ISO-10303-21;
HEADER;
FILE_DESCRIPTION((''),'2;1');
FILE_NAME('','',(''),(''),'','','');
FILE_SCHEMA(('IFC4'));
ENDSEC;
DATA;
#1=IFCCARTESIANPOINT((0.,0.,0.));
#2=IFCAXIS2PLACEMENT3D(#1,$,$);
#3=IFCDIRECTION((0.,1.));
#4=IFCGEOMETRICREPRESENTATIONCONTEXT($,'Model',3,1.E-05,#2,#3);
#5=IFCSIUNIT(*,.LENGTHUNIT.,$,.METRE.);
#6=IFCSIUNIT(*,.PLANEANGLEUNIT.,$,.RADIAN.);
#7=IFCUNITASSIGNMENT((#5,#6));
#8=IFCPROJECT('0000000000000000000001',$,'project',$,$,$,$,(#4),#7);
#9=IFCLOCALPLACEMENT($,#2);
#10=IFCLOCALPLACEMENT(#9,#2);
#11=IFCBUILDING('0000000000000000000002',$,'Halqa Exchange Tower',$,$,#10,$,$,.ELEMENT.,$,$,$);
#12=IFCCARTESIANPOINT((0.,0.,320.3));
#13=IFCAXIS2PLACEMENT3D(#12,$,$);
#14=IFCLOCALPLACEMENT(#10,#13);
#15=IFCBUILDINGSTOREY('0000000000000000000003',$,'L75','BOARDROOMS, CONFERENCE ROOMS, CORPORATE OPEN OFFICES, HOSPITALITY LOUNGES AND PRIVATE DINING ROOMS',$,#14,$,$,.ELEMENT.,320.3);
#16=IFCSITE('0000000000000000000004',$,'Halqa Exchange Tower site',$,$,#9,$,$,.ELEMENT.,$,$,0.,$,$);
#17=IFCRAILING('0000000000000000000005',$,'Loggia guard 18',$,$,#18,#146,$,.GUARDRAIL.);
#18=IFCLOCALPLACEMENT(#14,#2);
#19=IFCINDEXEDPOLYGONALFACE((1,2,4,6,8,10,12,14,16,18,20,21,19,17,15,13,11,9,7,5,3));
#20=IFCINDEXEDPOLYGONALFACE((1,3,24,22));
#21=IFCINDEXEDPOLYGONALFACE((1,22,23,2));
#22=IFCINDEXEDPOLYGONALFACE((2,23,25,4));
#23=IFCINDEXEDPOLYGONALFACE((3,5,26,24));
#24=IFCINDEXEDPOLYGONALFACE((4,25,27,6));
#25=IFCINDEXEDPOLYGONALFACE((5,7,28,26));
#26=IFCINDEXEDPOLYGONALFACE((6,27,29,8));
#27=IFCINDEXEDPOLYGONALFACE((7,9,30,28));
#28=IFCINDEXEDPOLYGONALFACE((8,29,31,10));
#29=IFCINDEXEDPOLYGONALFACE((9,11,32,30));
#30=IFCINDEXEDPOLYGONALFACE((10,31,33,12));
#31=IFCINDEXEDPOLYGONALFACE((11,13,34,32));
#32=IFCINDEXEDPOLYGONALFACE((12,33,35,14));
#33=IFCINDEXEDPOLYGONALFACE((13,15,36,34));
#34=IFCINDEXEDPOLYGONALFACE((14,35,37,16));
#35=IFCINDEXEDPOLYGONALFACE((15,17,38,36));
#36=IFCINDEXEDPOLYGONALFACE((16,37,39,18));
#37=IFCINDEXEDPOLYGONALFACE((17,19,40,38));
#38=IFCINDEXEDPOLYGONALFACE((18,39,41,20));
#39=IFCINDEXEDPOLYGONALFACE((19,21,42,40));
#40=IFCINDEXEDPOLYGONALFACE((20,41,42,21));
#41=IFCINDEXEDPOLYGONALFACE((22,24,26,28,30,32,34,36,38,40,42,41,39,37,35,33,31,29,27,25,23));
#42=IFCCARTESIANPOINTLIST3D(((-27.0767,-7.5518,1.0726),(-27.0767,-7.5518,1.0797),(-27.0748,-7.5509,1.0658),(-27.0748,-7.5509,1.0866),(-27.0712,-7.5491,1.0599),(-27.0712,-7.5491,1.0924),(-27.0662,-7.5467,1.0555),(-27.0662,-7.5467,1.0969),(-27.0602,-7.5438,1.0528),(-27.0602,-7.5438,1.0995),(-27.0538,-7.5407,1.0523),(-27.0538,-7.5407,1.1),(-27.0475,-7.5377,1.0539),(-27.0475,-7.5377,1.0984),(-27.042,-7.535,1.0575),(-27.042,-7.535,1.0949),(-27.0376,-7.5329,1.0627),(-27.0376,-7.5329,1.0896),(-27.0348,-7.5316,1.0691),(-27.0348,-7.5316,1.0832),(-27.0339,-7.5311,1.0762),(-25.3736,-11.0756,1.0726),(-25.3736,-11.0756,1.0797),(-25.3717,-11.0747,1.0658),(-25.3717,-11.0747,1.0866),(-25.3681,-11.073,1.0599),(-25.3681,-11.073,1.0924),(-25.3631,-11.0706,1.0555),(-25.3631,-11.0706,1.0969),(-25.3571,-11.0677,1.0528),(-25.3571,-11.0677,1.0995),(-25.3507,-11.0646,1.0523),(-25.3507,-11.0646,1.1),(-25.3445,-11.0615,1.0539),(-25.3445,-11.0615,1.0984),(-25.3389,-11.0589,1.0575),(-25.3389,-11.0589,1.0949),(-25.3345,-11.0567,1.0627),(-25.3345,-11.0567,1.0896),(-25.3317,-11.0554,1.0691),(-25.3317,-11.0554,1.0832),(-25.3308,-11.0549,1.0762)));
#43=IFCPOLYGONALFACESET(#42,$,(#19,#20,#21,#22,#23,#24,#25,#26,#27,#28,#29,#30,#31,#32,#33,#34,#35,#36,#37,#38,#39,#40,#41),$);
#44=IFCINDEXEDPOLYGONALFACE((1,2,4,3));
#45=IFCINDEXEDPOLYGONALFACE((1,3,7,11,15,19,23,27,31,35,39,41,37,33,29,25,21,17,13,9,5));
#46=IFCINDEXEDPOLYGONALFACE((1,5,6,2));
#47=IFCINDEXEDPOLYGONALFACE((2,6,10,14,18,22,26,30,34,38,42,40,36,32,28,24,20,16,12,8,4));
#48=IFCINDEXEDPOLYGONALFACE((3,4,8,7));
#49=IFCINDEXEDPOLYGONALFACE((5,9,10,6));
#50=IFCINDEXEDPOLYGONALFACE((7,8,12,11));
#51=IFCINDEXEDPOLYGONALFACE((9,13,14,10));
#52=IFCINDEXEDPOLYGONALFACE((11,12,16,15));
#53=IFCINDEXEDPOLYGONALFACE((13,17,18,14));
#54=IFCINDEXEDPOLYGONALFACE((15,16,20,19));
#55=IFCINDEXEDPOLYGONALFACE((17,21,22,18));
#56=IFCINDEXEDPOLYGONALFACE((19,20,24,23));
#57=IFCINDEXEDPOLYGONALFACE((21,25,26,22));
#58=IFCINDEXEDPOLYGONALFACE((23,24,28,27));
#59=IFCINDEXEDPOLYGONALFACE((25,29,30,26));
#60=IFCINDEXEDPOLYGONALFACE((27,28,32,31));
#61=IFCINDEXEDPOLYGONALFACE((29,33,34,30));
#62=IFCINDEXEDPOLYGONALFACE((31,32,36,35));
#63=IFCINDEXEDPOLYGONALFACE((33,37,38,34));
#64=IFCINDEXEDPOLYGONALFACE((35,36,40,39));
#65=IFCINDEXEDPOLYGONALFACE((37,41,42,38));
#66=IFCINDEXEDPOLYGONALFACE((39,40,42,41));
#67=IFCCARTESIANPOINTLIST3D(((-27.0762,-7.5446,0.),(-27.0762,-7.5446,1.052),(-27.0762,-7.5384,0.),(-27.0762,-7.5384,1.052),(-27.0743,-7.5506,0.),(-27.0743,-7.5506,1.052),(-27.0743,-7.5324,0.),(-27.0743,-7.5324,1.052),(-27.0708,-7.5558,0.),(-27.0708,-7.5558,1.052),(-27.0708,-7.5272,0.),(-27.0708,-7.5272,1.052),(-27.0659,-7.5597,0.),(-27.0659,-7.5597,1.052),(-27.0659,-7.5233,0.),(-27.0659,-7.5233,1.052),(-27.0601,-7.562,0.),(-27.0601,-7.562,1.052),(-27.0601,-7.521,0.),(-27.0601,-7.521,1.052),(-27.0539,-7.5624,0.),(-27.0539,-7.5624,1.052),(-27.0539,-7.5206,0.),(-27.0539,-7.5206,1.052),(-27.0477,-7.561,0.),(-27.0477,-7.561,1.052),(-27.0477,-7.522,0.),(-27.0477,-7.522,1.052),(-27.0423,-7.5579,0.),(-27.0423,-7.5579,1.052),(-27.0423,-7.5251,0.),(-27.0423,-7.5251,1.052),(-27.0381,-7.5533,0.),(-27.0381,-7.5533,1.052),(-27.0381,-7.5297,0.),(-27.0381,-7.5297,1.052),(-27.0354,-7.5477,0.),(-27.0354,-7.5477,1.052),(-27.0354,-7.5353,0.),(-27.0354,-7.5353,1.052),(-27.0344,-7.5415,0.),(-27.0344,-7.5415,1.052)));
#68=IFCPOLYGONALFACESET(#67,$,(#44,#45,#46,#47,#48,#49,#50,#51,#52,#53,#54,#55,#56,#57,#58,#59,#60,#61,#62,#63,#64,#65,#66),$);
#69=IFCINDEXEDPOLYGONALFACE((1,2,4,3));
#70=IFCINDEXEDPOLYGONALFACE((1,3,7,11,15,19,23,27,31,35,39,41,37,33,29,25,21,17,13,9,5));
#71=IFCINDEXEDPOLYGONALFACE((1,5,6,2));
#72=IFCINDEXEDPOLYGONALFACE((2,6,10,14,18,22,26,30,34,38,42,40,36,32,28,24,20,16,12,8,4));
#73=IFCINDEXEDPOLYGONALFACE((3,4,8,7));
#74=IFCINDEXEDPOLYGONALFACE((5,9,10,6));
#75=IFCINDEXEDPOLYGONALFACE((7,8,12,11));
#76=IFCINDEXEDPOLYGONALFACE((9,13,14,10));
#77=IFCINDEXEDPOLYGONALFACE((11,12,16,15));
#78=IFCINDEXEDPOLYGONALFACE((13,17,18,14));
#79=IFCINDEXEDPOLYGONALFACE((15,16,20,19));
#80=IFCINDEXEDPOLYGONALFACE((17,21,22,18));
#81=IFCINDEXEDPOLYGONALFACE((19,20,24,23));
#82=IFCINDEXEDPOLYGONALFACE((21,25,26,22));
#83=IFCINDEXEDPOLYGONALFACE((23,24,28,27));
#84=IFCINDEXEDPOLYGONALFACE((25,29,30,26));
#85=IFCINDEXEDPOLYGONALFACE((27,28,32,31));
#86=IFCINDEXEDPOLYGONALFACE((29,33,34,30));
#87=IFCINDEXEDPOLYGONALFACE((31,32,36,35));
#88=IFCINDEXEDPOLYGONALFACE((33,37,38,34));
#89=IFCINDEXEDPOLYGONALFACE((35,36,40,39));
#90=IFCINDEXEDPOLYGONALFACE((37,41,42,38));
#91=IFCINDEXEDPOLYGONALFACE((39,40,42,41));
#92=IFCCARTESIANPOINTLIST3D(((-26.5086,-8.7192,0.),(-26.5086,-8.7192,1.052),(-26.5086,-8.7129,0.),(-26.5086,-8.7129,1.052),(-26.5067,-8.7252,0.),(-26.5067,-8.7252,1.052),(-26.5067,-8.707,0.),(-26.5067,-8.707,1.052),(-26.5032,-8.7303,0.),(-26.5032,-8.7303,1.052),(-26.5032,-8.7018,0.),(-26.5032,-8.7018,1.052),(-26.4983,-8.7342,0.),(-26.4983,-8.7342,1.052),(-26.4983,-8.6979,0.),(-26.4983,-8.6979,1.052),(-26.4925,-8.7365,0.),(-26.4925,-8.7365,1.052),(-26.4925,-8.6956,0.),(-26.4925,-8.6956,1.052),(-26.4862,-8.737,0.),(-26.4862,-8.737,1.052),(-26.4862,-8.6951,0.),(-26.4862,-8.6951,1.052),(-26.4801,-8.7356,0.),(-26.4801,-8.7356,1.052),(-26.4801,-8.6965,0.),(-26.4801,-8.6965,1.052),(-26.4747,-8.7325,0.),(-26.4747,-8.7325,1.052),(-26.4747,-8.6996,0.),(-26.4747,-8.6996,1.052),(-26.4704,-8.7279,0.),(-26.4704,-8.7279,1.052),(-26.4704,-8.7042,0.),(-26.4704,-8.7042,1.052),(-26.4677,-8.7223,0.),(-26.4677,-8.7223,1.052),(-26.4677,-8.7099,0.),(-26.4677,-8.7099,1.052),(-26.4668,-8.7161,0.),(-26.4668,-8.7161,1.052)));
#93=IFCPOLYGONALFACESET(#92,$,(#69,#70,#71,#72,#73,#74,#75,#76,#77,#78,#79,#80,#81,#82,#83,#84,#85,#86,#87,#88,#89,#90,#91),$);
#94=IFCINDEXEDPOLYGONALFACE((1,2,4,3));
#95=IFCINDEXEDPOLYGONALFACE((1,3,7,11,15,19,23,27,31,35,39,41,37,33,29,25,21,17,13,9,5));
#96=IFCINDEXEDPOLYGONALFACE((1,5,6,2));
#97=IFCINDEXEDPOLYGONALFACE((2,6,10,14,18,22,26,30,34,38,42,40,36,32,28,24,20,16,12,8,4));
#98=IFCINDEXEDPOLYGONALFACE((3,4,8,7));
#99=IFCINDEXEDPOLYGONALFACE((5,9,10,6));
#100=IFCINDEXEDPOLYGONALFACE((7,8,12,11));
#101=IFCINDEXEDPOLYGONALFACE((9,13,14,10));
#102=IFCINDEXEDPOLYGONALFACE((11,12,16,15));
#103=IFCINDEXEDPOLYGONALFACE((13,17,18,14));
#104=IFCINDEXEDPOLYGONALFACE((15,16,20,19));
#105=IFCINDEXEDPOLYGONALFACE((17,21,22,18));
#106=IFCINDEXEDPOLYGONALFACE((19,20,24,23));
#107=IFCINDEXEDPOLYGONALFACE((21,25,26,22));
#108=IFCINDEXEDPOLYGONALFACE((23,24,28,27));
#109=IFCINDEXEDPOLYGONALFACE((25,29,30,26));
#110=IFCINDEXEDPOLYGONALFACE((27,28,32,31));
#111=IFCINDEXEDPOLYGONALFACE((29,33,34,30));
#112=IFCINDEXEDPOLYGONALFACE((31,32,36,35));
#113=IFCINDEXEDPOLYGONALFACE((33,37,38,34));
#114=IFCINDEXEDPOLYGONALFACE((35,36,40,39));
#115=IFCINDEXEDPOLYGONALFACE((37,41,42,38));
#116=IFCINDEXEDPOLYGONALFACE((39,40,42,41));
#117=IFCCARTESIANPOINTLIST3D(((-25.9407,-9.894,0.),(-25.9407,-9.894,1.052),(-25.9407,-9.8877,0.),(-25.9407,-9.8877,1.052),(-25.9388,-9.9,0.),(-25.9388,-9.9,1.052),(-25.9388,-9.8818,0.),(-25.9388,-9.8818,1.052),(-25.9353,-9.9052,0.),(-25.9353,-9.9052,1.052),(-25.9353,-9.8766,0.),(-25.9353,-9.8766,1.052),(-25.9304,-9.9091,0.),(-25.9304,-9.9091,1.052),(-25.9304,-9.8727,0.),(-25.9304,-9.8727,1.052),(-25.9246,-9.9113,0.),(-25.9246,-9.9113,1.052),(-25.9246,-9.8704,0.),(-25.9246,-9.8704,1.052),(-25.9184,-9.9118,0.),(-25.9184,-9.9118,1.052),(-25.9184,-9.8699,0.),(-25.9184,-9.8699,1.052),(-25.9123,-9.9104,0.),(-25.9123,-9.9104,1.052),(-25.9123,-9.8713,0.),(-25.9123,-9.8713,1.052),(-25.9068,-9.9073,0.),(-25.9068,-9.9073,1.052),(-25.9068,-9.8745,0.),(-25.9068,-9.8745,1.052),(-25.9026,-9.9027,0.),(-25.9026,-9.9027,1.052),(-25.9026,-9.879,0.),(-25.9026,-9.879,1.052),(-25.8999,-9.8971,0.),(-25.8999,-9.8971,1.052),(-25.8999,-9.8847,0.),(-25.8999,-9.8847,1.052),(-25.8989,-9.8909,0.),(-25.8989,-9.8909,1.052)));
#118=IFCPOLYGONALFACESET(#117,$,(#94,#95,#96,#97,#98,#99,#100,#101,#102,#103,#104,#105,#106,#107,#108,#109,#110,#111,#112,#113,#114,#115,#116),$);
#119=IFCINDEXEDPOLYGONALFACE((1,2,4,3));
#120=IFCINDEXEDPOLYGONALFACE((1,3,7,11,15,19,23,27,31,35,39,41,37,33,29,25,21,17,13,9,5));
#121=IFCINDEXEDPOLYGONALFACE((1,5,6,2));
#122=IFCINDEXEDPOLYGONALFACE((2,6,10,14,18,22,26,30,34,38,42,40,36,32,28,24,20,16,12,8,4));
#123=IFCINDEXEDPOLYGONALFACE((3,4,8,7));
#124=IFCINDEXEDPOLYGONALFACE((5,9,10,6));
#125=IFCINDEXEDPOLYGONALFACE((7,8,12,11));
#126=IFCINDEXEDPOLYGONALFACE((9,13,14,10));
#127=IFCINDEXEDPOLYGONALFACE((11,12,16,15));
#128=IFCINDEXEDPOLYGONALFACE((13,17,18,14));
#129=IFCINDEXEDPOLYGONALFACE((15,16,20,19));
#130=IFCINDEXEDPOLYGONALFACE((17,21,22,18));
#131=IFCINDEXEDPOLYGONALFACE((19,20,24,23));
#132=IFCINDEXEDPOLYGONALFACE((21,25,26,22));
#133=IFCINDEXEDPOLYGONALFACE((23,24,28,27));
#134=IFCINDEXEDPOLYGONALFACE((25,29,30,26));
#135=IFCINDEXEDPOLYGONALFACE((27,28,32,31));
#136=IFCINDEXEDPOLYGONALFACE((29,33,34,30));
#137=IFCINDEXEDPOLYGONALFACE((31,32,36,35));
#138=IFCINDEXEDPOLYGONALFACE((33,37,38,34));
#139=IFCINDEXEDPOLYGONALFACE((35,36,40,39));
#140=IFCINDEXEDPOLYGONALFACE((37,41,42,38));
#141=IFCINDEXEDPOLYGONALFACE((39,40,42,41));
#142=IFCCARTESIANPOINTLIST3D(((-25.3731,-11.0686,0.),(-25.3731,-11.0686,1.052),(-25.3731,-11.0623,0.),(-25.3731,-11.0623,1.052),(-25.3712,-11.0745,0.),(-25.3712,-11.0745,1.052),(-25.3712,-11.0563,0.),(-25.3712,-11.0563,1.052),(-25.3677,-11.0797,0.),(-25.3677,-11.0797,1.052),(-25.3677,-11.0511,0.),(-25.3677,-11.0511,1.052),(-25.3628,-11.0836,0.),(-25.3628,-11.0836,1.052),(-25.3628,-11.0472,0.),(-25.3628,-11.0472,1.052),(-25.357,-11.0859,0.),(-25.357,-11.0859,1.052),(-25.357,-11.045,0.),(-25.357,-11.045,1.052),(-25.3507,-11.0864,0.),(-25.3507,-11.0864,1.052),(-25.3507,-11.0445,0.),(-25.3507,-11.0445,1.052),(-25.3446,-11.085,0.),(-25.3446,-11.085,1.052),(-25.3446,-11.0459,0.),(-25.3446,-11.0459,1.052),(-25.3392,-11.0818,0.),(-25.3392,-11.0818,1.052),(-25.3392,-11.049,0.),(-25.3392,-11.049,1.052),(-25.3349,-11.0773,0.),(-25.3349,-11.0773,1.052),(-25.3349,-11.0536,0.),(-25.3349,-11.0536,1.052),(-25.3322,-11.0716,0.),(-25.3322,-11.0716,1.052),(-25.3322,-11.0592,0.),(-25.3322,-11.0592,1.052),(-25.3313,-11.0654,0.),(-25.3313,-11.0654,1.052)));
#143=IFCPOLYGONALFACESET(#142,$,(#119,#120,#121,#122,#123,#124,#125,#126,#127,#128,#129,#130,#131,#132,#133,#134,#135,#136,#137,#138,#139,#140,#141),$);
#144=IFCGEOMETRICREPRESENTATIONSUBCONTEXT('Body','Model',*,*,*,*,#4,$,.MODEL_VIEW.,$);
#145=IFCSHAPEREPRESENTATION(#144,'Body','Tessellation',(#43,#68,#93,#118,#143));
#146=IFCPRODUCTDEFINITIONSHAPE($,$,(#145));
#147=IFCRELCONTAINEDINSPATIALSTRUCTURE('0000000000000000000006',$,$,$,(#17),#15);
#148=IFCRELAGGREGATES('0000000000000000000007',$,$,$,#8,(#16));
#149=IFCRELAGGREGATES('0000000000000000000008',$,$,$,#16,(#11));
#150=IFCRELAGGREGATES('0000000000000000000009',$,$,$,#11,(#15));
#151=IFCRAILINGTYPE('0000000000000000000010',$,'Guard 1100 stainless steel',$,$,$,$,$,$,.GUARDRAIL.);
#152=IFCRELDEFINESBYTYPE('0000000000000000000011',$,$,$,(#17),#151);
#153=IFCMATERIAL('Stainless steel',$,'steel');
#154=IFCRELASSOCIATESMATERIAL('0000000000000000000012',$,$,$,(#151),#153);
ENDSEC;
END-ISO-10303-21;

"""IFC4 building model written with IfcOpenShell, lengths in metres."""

from ifc_helpers import new_model, si_unit, direction, frame, origin, origin_2d, place, context, subcontext, project, spatial, circle, extrude, material, type_object, element, save


model = new_model("IFC4")

# Units and contexts
model_context = context("Model", 3, precision=1e-05, world=origin(), true_north=direction((0.0, 1.0)))
body_context = subcontext(model_context, "Body", "Model", "MODEL_VIEW")
ifc_project = project(units=[si_unit("LENGTHUNIT", "METRE"), si_unit("PLANEANGLEUNIT", "RADIAN")], contexts=[model_context])

# Site, building, storey
site_placement = place(None, origin())
site = spatial("IfcSite", under=ifc_project, at=site_placement, Name="Halqa Exchange Tower site", CompositionType="ELEMENT", RefElevation=0.0)
building_placement = place(site_placement, origin())
building = spatial("IfcBuilding", under=site, at=building_placement, Name="Halqa Exchange Tower", CompositionType="ELEMENT")
storey_placement = place(building_placement, frame((0.0, 0.0, 320.3)))
storey = spatial("IfcBuildingStorey", under=building, at=storey_placement, Name="L75", Description="BOARDROOMS, CONFERENCE ROOMS, CORPORATE OPEN OFFICES, HOSPITALITY LOUNGES AND PRIVATE DINING ROOMS", CompositionType="ELEMENT", Elevation=320.3)

# Railing
ifc_material_1 = material(Name="Stainless steel", Category="steel")
railing_type = type_object("IfcRailingType", Name="Guard 1100 stainless steel", PredefinedType="GUARDRAIL", material=ifc_material_1)
railing_1_placement = place(storey_placement, frame((-27.0554, -7.5415, 0.0)))
element("IfcRailing", 1, at=railing_1_placement, inside=storey, type_object=railing_type, Name="Loggia guard 18", PredefinedType="GUARDRAIL", context=body_context, shape_type="SweptSolid", body=[
    extrude(circle(Radius=0.0239, at=origin_2d()), frame((0.0, 0.0, 1.0762), z_axis=(0.435147, -0.90036, 0.0), x_axis=(0.90036, 0.435147, 0.0)), (0.0, 0.0, 1.0), 3.9138),
    extrude(circle(Radius=0.021, at=origin_2d()), origin(), (0.0, 0.0, 1.0), 1.052),
    extrude(circle(Radius=0.021, at=origin_2d()), frame((0.5676, -1.1746, 0.0)), (0.0, 0.0, 1.0), 1.052),
    extrude(circle(Radius=0.021, at=origin_2d()), frame((1.1355, -2.3494, 0.0)), (0.0, 0.0, 1.0), 1.052),
    extrude(circle(Radius=0.021, at=origin_2d()), frame((1.7031, -3.5239, 0.0)), (0.0, 0.0, 1.0), 1.052),
])

save(model, "model.ifc")
